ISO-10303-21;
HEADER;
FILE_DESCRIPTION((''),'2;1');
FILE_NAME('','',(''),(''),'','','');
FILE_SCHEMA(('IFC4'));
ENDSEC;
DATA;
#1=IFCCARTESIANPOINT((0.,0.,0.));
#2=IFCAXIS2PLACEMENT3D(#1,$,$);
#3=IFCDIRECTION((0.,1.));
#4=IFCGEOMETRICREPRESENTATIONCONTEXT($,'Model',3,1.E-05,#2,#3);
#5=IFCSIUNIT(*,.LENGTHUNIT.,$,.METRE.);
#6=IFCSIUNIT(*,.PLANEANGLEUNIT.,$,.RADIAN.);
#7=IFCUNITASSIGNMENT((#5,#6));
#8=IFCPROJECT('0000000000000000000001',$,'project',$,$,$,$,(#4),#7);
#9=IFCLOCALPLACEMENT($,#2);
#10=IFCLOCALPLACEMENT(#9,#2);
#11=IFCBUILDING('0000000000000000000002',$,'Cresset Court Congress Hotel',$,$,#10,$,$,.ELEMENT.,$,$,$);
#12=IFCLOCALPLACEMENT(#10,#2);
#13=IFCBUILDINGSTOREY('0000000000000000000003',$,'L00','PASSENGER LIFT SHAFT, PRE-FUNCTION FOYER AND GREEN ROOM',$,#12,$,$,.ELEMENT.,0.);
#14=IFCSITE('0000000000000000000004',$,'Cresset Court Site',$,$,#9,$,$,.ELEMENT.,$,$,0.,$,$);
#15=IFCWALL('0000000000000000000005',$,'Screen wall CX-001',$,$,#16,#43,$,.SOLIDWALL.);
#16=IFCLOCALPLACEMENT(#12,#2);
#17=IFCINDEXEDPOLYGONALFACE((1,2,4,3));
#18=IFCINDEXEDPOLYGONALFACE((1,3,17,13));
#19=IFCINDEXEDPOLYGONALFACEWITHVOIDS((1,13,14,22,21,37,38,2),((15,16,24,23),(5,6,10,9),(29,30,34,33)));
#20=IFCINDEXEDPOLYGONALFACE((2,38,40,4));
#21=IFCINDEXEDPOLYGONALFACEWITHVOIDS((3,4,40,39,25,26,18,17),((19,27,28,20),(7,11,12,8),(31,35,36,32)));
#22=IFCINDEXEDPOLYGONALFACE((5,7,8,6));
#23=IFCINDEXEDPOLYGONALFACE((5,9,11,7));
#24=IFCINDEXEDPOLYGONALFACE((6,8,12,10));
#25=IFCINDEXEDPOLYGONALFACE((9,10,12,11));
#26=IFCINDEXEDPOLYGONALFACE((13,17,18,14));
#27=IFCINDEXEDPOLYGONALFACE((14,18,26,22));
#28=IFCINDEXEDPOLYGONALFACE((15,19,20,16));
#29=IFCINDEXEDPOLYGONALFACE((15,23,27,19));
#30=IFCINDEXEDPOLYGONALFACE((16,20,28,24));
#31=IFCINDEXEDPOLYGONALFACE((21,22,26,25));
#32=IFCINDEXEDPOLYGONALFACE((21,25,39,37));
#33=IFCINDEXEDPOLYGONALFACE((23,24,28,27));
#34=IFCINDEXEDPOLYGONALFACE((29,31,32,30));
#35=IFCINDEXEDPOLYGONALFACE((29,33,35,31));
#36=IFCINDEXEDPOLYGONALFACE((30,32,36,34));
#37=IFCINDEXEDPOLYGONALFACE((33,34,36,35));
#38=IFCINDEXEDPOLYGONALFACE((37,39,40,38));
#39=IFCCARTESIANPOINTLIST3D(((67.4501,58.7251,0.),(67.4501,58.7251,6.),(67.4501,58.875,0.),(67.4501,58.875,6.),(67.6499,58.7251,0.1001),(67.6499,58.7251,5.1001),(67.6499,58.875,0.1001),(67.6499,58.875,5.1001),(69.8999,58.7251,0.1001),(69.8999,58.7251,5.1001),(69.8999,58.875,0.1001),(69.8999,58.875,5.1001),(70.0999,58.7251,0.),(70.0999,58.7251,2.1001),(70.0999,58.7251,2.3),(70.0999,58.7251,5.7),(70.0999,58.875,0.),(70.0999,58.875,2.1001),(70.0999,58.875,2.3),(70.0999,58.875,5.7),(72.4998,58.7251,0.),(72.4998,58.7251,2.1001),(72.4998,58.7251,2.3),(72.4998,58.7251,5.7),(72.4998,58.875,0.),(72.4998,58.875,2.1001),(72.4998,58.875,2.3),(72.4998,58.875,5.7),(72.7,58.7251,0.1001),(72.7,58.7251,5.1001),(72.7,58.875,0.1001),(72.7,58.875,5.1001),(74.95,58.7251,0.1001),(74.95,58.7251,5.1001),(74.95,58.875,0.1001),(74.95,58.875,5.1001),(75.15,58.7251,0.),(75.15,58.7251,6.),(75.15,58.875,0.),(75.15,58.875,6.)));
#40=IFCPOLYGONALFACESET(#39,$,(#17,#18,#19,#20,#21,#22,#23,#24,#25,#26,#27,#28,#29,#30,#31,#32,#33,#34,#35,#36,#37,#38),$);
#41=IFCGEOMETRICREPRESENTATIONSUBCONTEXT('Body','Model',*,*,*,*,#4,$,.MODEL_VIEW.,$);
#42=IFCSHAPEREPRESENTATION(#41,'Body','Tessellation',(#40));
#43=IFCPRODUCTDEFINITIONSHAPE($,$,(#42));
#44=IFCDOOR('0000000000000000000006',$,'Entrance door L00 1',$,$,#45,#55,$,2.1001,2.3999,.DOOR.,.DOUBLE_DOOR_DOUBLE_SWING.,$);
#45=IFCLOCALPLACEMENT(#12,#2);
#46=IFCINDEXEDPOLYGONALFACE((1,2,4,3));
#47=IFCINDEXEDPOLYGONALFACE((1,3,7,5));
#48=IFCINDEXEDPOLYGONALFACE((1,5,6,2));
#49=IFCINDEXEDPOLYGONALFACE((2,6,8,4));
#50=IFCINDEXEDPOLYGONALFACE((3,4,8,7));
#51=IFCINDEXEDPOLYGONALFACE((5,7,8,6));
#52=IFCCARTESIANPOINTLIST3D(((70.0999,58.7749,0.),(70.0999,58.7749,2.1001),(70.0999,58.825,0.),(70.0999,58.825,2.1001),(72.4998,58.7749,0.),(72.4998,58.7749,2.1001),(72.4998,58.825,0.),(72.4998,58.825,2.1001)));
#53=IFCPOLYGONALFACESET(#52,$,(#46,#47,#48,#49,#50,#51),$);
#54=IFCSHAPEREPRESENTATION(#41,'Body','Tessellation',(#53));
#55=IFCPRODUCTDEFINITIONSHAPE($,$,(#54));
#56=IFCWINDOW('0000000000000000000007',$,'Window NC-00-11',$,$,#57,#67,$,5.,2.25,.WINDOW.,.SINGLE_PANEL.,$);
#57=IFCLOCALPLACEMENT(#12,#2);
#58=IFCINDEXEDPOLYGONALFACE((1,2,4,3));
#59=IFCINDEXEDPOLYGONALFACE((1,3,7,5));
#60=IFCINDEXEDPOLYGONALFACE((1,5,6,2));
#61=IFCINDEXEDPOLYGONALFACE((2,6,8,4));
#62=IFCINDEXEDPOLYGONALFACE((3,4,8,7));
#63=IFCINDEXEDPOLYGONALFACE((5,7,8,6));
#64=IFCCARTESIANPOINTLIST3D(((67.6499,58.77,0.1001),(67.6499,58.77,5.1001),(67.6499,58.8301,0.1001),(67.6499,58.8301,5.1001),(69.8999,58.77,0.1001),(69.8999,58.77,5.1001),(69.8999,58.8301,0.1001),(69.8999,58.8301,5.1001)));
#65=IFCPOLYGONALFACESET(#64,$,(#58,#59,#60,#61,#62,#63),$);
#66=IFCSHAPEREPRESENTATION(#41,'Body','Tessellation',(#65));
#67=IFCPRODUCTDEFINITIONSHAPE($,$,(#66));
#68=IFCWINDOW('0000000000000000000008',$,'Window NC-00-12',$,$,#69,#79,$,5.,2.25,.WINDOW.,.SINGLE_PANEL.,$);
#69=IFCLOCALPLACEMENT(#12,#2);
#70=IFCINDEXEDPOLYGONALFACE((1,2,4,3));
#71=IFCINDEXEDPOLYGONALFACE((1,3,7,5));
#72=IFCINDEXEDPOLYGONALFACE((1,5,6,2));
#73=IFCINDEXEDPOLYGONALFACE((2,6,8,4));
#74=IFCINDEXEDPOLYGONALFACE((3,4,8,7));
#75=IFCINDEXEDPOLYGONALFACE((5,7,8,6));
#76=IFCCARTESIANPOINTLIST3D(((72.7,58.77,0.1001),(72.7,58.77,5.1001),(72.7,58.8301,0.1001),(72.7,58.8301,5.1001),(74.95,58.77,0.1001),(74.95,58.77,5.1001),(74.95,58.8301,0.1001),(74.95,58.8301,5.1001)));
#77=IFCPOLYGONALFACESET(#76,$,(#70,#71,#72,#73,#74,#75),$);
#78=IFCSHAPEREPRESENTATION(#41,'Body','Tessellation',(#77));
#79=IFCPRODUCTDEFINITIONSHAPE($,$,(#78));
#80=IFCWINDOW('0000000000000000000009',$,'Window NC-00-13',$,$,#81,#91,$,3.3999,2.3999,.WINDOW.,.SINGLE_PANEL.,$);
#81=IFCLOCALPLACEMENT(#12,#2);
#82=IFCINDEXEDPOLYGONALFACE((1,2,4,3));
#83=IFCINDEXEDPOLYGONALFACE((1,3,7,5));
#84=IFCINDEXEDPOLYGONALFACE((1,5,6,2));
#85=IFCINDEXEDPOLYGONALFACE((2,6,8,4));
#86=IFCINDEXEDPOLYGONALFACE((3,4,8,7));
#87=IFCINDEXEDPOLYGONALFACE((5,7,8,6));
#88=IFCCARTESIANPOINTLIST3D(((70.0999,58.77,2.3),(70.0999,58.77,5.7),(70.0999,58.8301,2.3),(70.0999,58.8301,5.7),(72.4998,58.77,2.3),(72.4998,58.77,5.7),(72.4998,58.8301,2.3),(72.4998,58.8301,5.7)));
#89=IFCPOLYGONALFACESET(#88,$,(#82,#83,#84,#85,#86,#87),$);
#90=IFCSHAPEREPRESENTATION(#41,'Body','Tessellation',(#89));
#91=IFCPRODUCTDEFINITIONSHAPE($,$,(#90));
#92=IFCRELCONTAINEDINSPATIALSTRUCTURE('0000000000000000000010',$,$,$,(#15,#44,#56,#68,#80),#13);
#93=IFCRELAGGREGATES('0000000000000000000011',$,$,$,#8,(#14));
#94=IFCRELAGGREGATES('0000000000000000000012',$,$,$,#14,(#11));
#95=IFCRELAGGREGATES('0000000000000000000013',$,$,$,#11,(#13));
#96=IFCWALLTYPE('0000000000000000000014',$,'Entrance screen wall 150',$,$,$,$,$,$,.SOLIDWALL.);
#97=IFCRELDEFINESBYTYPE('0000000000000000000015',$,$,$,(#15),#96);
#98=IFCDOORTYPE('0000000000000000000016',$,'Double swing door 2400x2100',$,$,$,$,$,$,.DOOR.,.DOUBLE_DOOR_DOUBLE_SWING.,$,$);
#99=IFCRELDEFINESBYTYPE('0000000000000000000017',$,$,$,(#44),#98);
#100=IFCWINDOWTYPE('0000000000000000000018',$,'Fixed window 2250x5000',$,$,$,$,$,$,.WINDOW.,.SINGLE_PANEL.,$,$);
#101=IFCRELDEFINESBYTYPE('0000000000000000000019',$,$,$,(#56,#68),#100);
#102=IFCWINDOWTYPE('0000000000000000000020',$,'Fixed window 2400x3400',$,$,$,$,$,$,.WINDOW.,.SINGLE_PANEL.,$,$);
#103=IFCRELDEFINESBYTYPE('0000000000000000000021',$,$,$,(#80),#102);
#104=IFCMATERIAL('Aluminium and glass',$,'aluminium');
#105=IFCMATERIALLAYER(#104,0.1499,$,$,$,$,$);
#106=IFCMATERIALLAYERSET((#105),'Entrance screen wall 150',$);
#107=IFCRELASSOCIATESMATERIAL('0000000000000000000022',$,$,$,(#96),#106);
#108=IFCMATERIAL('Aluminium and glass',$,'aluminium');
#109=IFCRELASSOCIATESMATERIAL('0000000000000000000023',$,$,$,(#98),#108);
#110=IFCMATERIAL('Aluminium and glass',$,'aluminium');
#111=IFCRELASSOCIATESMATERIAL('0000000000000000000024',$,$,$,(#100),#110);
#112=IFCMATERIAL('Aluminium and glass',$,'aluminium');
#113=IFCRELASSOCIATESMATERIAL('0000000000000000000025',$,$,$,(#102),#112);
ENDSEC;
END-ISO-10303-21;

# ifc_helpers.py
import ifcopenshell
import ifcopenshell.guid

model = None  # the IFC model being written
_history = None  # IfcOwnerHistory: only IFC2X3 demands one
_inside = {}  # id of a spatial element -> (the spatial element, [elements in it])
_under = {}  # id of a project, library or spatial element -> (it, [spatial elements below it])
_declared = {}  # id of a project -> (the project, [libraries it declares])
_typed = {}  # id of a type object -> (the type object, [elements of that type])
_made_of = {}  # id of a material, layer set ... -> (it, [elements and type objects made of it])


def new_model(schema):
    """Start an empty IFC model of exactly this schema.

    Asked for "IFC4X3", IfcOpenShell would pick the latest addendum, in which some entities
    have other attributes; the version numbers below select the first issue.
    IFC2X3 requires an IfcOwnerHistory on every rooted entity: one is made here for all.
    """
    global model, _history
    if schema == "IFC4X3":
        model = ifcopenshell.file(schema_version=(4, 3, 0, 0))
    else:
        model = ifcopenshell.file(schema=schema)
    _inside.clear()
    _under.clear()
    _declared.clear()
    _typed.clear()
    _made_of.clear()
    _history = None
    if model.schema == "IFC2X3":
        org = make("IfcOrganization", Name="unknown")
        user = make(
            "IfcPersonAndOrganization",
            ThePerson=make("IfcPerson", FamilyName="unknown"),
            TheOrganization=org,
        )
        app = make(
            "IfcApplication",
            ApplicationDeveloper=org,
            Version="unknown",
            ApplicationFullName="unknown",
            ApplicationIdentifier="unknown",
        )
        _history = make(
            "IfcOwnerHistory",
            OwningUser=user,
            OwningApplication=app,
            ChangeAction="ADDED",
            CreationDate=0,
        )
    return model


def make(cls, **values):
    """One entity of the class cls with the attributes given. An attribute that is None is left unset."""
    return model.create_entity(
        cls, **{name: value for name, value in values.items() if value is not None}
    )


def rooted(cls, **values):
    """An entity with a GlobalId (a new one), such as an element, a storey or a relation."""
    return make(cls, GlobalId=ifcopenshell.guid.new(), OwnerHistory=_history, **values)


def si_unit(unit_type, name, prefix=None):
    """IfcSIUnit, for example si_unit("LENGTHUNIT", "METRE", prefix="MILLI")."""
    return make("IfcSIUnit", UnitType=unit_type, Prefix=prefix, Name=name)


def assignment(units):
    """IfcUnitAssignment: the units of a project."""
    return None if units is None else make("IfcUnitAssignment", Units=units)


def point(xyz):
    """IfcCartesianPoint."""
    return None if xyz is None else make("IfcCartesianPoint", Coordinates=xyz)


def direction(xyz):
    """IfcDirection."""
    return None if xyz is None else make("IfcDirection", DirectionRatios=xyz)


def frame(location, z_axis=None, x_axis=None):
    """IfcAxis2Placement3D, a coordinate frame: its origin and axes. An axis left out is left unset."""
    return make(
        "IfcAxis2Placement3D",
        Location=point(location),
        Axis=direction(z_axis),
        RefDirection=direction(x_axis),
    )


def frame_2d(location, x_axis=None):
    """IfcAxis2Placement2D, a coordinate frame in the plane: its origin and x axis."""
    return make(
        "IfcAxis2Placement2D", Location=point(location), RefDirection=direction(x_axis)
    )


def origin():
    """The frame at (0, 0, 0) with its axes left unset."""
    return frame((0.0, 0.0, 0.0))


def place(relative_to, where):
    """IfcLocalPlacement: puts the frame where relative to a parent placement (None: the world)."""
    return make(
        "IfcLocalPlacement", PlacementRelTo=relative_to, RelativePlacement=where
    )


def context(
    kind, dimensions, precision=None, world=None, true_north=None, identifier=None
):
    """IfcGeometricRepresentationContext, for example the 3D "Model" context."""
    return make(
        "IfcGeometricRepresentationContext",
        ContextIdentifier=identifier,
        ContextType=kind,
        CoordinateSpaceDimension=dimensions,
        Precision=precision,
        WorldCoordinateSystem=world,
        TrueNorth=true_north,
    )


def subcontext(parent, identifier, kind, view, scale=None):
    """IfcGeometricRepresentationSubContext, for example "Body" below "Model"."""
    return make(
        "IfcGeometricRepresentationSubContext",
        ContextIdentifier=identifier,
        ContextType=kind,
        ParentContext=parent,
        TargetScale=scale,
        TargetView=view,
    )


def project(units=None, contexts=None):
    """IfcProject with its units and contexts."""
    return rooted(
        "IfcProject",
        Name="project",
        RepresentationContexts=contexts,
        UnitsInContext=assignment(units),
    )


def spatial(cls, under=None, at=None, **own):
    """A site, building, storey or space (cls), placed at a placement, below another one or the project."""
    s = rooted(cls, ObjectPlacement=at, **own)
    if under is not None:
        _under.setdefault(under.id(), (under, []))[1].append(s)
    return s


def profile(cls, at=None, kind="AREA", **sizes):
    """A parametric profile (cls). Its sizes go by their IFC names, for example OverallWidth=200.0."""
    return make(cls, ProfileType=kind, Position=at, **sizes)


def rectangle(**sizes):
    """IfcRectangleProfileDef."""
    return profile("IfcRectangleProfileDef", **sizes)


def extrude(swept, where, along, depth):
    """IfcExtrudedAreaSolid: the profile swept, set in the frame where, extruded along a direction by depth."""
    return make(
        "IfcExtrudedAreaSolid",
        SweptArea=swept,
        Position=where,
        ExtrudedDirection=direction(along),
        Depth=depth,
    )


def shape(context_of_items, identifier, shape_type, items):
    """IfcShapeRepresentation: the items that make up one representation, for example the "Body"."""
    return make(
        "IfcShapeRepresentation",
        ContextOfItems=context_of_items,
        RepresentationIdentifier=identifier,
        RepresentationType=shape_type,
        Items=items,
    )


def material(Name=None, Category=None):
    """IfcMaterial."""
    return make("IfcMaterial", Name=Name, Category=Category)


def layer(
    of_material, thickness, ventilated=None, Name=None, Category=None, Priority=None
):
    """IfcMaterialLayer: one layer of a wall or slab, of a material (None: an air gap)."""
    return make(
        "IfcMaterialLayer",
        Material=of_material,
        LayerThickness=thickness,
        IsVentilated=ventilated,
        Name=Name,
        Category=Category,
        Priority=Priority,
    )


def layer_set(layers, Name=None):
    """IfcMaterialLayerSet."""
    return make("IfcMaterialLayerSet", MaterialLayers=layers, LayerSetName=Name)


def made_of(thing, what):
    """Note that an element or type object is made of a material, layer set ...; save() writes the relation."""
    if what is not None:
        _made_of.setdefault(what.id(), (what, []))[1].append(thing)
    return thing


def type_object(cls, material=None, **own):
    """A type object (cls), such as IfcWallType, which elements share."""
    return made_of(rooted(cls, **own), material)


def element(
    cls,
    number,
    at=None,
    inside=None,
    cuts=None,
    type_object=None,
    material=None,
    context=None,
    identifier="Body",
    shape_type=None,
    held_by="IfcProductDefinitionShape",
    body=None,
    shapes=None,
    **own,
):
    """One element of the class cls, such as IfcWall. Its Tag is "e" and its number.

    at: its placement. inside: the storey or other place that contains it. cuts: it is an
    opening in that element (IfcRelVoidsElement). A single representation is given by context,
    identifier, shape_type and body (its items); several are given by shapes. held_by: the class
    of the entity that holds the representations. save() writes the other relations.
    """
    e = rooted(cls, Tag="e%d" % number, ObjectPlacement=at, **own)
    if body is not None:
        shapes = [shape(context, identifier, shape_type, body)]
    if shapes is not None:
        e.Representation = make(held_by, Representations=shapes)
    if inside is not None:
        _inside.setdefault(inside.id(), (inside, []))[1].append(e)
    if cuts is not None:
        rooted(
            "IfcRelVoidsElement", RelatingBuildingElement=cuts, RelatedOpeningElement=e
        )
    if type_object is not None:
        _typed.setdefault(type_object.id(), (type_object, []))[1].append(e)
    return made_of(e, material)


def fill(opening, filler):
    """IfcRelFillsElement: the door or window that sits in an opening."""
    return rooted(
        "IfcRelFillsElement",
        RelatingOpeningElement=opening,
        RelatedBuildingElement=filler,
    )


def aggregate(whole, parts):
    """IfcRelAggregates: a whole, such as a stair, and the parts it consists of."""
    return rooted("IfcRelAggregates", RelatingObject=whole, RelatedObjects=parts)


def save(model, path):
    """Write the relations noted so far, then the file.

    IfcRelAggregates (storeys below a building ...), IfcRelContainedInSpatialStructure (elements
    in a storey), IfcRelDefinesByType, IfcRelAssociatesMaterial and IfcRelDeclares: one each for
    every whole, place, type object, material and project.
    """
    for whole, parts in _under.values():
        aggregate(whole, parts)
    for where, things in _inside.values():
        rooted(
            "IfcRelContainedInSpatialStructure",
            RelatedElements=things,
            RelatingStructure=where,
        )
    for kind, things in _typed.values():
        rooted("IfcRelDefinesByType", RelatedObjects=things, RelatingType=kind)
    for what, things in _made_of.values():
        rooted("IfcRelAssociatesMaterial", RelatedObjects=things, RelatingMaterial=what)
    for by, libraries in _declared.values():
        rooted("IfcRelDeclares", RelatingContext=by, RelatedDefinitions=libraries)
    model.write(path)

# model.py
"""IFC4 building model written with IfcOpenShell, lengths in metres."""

from ifc_helpers import new_model, si_unit, direction, frame, frame_2d, origin, place, context, subcontext, project, spatial, rectangle, extrude, material, layer, layer_set, type_object, element, fill, save


model = new_model("IFC4")

# Units and contexts
model_context = context("Model", 3, precision=1e-05, world=origin(), true_north=direction((0.0, 1.0)))
body_context = subcontext(model_context, "Body", "Model", "MODEL_VIEW")
ifc_project = project(units=[si_unit("LENGTHUNIT", "METRE"), si_unit("PLANEANGLEUNIT", "RADIAN")], contexts=[model_context])

# Site, building, storey
site_placement = place(None, origin())
site = spatial("IfcSite", under=ifc_project, at=site_placement, Name="Cresset Court Site", CompositionType="ELEMENT", RefElevation=0.0)
building_placement = place(site_placement, origin())
building = spatial("IfcBuilding", under=site, at=building_placement, Name="Cresset Court Congress Hotel", CompositionType="ELEMENT")
storey_placement = place(building_placement, origin())
storey = spatial("IfcBuildingStorey", under=building, at=storey_placement, Name="L00", Description="PASSENGER LIFT SHAFT, PRE-FUNCTION FOYER AND GREEN ROOM", CompositionType="ELEMENT", Elevation=0.0)

# Wall, openings, door, windows
ifc_material_1 = material(Name="Aluminium and glass", Category="aluminium")
ifc_layer_1 = layer(ifc_material_1, 0.1499)
ifc_layer_set_1 = layer_set([ifc_layer_1], Name="Entrance screen wall 150")
wall_type_1 = type_object("IfcWallType", Name="Entrance screen wall 150", PredefinedType="SOLIDWALL", material=ifc_layer_set_1)
wall_1_placement = place(storey_placement, frame((67.45, 58.8, 0.0), z_axis=(0.0, 0.0, 1.0), x_axis=(1.0, 0.0, 0.0)))
wall_1 = element("IfcWall", 1, at=wall_1_placement, inside=storey, type_object=wall_type_1, Name="Screen wall CX-001", PredefinedType="SOLIDWALL", context=body_context, shape_type="SweptSolid", body=[
    extrude(rectangle(XDim=7.7, YDim=0.1499, at=frame_2d((3.8501, 0.0))), origin(), (0.0, 0.0, 1.0), 6.0),
])
opening_1_placement = place(wall_1_placement, frame((2.6499, 0.0, 0.0)))
opening_1 = element("IfcOpeningElement", 2, at=opening_1_placement, cuts=wall_1, PredefinedType="OPENING", context=body_context, shape_type="SweptSolid", body=[
    extrude(rectangle(XDim=2.3999, YDim=2.1001, at=frame_2d((1.2, 1.05))), frame((0.0, 0.085, 0.0), z_axis=(0.0, -1.0, 0.0), x_axis=(1.0, 0.0, 0.0)), (0.0, 0.0, 1.0), 0.1699),
])
opening_2_placement = place(wall_1_placement, frame((0.2, 0.0, 0.1001)))
opening_2 = element("IfcOpeningElement", 3, at=opening_2_placement, cuts=wall_1, PredefinedType="OPENING", context=body_context, shape_type="SweptSolid", body=[
    extrude(rectangle(XDim=2.25, YDim=5.0, at=frame_2d((1.125, 2.5))), frame((0.0, 0.085, 0.0), z_axis=(0.0, -1.0, 0.0), x_axis=(1.0, 0.0, 0.0)), (0.0, 0.0, 1.0), 0.1699),
])
opening_3_placement = place(wall_1_placement, frame((5.25, 0.0, 0.1001)))
opening_3 = element("IfcOpeningElement", 4, at=opening_3_placement, cuts=wall_1, PredefinedType="OPENING", context=body_context, shape_type="SweptSolid", body=[
    extrude(rectangle(XDim=2.25, YDim=5.0, at=frame_2d((1.125, 2.5))), frame((0.0, 0.085, 0.0), z_axis=(0.0, -1.0, 0.0), x_axis=(1.0, 0.0, 0.0)), (0.0, 0.0, 1.0), 0.1699),
])
opening_4_placement = place(wall_1_placement, frame((2.6499, 0.0, 2.3)))
opening_4 = element("IfcOpeningElement", 5, at=opening_4_placement, cuts=wall_1, PredefinedType="OPENING", context=body_context, shape_type="SweptSolid", body=[
    extrude(rectangle(XDim=2.3999, YDim=3.3999, at=frame_2d((1.2, 1.7))), frame((0.0, 0.085, 0.0), z_axis=(0.0, -1.0, 0.0), x_axis=(1.0, 0.0, 0.0)), (0.0, 0.0, 1.0), 0.1699),
])
ifc_material_2 = material(Name="Aluminium and glass", Category="aluminium")
door_type = type_object("IfcDoorType", Name="Double swing door 2400x2100", OperationType="DOUBLE_DOOR_DOUBLE_SWING", PredefinedType="DOOR", material=ifc_material_2)
door_1_placement = place(opening_1_placement, origin())
door_1 = element("IfcDoor", 6, at=door_1_placement, inside=storey, type_object=door_type, Name="Entrance door L00 1", OperationType="DOUBLE_DOOR_DOUBLE_SWING", OverallHeight=2.1001, OverallWidth=2.3999, PredefinedType="DOOR", context=body_context, shape_type="SweptSolid", body=[
    extrude(rectangle(XDim=2.3999, YDim=2.1001, at=frame_2d((1.2, 1.05))), frame((0.0, 0.0249, 0.0), z_axis=(0.0, -1.0, 0.0), x_axis=(1.0, 0.0, 0.0)), (0.0, 0.0, 1.0), 0.05),
])
fill(opening_1, door_1)
ifc_material_3 = material(Name="Aluminium and glass", Category="aluminium")
window_type_1 = type_object("IfcWindowType", Name="Fixed window 2250x5000", PartitioningType="SINGLE_PANEL", PredefinedType="WINDOW", material=ifc_material_3)
window_1_placement = place(opening_2_placement, origin())
window_1 = element("IfcWindow", 7, at=window_1_placement, inside=storey, type_object=window_type_1, Name="Window NC-00-11", OverallHeight=5.0, OverallWidth=2.25, PartitioningType="SINGLE_PANEL", PredefinedType="WINDOW", context=body_context, shape_type="SweptSolid", body=[
    extrude(rectangle(XDim=2.25, YDim=5.0, at=frame_2d((1.125, 2.5))), frame((0.0, 0.03, 0.0), z_axis=(0.0, -1.0, 0.0), x_axis=(1.0, 0.0, 0.0)), (0.0, 0.0, 1.0), 0.0601),
])
fill(opening_2, window_1)
window_2_placement = place(opening_3_placement, origin())
window_2 = element("IfcWindow", 8, at=window_2_placement, inside=storey, type_object=window_type_1, Name="Window NC-00-12", OverallHeight=5.0, OverallWidth=2.25, PartitioningType="SINGLE_PANEL", PredefinedType="WINDOW", context=body_context, shape_type="SweptSolid", body=[
    extrude(rectangle(XDim=2.25, YDim=5.0, at=frame_2d((1.125, 2.5))), frame((0.0, 0.03, 0.0), z_axis=(0.0, -1.0, 0.0), x_axis=(1.0, 0.0, 0.0)), (0.0, 0.0, 1.0), 0.0601),
])
fill(opening_3, window_2)
ifc_material_4 = material(Name="Aluminium and glass", Category="aluminium")
window_type_2 = type_object("IfcWindowType", Name="Fixed window 2400x3400", PartitioningType="SINGLE_PANEL", PredefinedType="WINDOW", material=ifc_material_4)
window_3_placement = place(opening_4_placement, origin())
window_3 = element("IfcWindow", 9, at=window_3_placement, inside=storey, type_object=window_type_2, Name="Window NC-00-13", OverallHeight=3.3999, OverallWidth=2.3999, PartitioningType="SINGLE_PANEL", PredefinedType="WINDOW", context=body_context, shape_type="SweptSolid", body=[
    extrude(rectangle(XDim=2.3999, YDim=3.3999, at=frame_2d((1.2, 1.7))), frame((0.0, 0.03, 0.0), z_axis=(0.0, -1.0, 0.0), x_axis=(1.0, 0.0, 0.0)), (0.0, 0.0, 1.0), 0.0601),
])
fill(opening_4, window_3)

save(model, "model.ifc")
